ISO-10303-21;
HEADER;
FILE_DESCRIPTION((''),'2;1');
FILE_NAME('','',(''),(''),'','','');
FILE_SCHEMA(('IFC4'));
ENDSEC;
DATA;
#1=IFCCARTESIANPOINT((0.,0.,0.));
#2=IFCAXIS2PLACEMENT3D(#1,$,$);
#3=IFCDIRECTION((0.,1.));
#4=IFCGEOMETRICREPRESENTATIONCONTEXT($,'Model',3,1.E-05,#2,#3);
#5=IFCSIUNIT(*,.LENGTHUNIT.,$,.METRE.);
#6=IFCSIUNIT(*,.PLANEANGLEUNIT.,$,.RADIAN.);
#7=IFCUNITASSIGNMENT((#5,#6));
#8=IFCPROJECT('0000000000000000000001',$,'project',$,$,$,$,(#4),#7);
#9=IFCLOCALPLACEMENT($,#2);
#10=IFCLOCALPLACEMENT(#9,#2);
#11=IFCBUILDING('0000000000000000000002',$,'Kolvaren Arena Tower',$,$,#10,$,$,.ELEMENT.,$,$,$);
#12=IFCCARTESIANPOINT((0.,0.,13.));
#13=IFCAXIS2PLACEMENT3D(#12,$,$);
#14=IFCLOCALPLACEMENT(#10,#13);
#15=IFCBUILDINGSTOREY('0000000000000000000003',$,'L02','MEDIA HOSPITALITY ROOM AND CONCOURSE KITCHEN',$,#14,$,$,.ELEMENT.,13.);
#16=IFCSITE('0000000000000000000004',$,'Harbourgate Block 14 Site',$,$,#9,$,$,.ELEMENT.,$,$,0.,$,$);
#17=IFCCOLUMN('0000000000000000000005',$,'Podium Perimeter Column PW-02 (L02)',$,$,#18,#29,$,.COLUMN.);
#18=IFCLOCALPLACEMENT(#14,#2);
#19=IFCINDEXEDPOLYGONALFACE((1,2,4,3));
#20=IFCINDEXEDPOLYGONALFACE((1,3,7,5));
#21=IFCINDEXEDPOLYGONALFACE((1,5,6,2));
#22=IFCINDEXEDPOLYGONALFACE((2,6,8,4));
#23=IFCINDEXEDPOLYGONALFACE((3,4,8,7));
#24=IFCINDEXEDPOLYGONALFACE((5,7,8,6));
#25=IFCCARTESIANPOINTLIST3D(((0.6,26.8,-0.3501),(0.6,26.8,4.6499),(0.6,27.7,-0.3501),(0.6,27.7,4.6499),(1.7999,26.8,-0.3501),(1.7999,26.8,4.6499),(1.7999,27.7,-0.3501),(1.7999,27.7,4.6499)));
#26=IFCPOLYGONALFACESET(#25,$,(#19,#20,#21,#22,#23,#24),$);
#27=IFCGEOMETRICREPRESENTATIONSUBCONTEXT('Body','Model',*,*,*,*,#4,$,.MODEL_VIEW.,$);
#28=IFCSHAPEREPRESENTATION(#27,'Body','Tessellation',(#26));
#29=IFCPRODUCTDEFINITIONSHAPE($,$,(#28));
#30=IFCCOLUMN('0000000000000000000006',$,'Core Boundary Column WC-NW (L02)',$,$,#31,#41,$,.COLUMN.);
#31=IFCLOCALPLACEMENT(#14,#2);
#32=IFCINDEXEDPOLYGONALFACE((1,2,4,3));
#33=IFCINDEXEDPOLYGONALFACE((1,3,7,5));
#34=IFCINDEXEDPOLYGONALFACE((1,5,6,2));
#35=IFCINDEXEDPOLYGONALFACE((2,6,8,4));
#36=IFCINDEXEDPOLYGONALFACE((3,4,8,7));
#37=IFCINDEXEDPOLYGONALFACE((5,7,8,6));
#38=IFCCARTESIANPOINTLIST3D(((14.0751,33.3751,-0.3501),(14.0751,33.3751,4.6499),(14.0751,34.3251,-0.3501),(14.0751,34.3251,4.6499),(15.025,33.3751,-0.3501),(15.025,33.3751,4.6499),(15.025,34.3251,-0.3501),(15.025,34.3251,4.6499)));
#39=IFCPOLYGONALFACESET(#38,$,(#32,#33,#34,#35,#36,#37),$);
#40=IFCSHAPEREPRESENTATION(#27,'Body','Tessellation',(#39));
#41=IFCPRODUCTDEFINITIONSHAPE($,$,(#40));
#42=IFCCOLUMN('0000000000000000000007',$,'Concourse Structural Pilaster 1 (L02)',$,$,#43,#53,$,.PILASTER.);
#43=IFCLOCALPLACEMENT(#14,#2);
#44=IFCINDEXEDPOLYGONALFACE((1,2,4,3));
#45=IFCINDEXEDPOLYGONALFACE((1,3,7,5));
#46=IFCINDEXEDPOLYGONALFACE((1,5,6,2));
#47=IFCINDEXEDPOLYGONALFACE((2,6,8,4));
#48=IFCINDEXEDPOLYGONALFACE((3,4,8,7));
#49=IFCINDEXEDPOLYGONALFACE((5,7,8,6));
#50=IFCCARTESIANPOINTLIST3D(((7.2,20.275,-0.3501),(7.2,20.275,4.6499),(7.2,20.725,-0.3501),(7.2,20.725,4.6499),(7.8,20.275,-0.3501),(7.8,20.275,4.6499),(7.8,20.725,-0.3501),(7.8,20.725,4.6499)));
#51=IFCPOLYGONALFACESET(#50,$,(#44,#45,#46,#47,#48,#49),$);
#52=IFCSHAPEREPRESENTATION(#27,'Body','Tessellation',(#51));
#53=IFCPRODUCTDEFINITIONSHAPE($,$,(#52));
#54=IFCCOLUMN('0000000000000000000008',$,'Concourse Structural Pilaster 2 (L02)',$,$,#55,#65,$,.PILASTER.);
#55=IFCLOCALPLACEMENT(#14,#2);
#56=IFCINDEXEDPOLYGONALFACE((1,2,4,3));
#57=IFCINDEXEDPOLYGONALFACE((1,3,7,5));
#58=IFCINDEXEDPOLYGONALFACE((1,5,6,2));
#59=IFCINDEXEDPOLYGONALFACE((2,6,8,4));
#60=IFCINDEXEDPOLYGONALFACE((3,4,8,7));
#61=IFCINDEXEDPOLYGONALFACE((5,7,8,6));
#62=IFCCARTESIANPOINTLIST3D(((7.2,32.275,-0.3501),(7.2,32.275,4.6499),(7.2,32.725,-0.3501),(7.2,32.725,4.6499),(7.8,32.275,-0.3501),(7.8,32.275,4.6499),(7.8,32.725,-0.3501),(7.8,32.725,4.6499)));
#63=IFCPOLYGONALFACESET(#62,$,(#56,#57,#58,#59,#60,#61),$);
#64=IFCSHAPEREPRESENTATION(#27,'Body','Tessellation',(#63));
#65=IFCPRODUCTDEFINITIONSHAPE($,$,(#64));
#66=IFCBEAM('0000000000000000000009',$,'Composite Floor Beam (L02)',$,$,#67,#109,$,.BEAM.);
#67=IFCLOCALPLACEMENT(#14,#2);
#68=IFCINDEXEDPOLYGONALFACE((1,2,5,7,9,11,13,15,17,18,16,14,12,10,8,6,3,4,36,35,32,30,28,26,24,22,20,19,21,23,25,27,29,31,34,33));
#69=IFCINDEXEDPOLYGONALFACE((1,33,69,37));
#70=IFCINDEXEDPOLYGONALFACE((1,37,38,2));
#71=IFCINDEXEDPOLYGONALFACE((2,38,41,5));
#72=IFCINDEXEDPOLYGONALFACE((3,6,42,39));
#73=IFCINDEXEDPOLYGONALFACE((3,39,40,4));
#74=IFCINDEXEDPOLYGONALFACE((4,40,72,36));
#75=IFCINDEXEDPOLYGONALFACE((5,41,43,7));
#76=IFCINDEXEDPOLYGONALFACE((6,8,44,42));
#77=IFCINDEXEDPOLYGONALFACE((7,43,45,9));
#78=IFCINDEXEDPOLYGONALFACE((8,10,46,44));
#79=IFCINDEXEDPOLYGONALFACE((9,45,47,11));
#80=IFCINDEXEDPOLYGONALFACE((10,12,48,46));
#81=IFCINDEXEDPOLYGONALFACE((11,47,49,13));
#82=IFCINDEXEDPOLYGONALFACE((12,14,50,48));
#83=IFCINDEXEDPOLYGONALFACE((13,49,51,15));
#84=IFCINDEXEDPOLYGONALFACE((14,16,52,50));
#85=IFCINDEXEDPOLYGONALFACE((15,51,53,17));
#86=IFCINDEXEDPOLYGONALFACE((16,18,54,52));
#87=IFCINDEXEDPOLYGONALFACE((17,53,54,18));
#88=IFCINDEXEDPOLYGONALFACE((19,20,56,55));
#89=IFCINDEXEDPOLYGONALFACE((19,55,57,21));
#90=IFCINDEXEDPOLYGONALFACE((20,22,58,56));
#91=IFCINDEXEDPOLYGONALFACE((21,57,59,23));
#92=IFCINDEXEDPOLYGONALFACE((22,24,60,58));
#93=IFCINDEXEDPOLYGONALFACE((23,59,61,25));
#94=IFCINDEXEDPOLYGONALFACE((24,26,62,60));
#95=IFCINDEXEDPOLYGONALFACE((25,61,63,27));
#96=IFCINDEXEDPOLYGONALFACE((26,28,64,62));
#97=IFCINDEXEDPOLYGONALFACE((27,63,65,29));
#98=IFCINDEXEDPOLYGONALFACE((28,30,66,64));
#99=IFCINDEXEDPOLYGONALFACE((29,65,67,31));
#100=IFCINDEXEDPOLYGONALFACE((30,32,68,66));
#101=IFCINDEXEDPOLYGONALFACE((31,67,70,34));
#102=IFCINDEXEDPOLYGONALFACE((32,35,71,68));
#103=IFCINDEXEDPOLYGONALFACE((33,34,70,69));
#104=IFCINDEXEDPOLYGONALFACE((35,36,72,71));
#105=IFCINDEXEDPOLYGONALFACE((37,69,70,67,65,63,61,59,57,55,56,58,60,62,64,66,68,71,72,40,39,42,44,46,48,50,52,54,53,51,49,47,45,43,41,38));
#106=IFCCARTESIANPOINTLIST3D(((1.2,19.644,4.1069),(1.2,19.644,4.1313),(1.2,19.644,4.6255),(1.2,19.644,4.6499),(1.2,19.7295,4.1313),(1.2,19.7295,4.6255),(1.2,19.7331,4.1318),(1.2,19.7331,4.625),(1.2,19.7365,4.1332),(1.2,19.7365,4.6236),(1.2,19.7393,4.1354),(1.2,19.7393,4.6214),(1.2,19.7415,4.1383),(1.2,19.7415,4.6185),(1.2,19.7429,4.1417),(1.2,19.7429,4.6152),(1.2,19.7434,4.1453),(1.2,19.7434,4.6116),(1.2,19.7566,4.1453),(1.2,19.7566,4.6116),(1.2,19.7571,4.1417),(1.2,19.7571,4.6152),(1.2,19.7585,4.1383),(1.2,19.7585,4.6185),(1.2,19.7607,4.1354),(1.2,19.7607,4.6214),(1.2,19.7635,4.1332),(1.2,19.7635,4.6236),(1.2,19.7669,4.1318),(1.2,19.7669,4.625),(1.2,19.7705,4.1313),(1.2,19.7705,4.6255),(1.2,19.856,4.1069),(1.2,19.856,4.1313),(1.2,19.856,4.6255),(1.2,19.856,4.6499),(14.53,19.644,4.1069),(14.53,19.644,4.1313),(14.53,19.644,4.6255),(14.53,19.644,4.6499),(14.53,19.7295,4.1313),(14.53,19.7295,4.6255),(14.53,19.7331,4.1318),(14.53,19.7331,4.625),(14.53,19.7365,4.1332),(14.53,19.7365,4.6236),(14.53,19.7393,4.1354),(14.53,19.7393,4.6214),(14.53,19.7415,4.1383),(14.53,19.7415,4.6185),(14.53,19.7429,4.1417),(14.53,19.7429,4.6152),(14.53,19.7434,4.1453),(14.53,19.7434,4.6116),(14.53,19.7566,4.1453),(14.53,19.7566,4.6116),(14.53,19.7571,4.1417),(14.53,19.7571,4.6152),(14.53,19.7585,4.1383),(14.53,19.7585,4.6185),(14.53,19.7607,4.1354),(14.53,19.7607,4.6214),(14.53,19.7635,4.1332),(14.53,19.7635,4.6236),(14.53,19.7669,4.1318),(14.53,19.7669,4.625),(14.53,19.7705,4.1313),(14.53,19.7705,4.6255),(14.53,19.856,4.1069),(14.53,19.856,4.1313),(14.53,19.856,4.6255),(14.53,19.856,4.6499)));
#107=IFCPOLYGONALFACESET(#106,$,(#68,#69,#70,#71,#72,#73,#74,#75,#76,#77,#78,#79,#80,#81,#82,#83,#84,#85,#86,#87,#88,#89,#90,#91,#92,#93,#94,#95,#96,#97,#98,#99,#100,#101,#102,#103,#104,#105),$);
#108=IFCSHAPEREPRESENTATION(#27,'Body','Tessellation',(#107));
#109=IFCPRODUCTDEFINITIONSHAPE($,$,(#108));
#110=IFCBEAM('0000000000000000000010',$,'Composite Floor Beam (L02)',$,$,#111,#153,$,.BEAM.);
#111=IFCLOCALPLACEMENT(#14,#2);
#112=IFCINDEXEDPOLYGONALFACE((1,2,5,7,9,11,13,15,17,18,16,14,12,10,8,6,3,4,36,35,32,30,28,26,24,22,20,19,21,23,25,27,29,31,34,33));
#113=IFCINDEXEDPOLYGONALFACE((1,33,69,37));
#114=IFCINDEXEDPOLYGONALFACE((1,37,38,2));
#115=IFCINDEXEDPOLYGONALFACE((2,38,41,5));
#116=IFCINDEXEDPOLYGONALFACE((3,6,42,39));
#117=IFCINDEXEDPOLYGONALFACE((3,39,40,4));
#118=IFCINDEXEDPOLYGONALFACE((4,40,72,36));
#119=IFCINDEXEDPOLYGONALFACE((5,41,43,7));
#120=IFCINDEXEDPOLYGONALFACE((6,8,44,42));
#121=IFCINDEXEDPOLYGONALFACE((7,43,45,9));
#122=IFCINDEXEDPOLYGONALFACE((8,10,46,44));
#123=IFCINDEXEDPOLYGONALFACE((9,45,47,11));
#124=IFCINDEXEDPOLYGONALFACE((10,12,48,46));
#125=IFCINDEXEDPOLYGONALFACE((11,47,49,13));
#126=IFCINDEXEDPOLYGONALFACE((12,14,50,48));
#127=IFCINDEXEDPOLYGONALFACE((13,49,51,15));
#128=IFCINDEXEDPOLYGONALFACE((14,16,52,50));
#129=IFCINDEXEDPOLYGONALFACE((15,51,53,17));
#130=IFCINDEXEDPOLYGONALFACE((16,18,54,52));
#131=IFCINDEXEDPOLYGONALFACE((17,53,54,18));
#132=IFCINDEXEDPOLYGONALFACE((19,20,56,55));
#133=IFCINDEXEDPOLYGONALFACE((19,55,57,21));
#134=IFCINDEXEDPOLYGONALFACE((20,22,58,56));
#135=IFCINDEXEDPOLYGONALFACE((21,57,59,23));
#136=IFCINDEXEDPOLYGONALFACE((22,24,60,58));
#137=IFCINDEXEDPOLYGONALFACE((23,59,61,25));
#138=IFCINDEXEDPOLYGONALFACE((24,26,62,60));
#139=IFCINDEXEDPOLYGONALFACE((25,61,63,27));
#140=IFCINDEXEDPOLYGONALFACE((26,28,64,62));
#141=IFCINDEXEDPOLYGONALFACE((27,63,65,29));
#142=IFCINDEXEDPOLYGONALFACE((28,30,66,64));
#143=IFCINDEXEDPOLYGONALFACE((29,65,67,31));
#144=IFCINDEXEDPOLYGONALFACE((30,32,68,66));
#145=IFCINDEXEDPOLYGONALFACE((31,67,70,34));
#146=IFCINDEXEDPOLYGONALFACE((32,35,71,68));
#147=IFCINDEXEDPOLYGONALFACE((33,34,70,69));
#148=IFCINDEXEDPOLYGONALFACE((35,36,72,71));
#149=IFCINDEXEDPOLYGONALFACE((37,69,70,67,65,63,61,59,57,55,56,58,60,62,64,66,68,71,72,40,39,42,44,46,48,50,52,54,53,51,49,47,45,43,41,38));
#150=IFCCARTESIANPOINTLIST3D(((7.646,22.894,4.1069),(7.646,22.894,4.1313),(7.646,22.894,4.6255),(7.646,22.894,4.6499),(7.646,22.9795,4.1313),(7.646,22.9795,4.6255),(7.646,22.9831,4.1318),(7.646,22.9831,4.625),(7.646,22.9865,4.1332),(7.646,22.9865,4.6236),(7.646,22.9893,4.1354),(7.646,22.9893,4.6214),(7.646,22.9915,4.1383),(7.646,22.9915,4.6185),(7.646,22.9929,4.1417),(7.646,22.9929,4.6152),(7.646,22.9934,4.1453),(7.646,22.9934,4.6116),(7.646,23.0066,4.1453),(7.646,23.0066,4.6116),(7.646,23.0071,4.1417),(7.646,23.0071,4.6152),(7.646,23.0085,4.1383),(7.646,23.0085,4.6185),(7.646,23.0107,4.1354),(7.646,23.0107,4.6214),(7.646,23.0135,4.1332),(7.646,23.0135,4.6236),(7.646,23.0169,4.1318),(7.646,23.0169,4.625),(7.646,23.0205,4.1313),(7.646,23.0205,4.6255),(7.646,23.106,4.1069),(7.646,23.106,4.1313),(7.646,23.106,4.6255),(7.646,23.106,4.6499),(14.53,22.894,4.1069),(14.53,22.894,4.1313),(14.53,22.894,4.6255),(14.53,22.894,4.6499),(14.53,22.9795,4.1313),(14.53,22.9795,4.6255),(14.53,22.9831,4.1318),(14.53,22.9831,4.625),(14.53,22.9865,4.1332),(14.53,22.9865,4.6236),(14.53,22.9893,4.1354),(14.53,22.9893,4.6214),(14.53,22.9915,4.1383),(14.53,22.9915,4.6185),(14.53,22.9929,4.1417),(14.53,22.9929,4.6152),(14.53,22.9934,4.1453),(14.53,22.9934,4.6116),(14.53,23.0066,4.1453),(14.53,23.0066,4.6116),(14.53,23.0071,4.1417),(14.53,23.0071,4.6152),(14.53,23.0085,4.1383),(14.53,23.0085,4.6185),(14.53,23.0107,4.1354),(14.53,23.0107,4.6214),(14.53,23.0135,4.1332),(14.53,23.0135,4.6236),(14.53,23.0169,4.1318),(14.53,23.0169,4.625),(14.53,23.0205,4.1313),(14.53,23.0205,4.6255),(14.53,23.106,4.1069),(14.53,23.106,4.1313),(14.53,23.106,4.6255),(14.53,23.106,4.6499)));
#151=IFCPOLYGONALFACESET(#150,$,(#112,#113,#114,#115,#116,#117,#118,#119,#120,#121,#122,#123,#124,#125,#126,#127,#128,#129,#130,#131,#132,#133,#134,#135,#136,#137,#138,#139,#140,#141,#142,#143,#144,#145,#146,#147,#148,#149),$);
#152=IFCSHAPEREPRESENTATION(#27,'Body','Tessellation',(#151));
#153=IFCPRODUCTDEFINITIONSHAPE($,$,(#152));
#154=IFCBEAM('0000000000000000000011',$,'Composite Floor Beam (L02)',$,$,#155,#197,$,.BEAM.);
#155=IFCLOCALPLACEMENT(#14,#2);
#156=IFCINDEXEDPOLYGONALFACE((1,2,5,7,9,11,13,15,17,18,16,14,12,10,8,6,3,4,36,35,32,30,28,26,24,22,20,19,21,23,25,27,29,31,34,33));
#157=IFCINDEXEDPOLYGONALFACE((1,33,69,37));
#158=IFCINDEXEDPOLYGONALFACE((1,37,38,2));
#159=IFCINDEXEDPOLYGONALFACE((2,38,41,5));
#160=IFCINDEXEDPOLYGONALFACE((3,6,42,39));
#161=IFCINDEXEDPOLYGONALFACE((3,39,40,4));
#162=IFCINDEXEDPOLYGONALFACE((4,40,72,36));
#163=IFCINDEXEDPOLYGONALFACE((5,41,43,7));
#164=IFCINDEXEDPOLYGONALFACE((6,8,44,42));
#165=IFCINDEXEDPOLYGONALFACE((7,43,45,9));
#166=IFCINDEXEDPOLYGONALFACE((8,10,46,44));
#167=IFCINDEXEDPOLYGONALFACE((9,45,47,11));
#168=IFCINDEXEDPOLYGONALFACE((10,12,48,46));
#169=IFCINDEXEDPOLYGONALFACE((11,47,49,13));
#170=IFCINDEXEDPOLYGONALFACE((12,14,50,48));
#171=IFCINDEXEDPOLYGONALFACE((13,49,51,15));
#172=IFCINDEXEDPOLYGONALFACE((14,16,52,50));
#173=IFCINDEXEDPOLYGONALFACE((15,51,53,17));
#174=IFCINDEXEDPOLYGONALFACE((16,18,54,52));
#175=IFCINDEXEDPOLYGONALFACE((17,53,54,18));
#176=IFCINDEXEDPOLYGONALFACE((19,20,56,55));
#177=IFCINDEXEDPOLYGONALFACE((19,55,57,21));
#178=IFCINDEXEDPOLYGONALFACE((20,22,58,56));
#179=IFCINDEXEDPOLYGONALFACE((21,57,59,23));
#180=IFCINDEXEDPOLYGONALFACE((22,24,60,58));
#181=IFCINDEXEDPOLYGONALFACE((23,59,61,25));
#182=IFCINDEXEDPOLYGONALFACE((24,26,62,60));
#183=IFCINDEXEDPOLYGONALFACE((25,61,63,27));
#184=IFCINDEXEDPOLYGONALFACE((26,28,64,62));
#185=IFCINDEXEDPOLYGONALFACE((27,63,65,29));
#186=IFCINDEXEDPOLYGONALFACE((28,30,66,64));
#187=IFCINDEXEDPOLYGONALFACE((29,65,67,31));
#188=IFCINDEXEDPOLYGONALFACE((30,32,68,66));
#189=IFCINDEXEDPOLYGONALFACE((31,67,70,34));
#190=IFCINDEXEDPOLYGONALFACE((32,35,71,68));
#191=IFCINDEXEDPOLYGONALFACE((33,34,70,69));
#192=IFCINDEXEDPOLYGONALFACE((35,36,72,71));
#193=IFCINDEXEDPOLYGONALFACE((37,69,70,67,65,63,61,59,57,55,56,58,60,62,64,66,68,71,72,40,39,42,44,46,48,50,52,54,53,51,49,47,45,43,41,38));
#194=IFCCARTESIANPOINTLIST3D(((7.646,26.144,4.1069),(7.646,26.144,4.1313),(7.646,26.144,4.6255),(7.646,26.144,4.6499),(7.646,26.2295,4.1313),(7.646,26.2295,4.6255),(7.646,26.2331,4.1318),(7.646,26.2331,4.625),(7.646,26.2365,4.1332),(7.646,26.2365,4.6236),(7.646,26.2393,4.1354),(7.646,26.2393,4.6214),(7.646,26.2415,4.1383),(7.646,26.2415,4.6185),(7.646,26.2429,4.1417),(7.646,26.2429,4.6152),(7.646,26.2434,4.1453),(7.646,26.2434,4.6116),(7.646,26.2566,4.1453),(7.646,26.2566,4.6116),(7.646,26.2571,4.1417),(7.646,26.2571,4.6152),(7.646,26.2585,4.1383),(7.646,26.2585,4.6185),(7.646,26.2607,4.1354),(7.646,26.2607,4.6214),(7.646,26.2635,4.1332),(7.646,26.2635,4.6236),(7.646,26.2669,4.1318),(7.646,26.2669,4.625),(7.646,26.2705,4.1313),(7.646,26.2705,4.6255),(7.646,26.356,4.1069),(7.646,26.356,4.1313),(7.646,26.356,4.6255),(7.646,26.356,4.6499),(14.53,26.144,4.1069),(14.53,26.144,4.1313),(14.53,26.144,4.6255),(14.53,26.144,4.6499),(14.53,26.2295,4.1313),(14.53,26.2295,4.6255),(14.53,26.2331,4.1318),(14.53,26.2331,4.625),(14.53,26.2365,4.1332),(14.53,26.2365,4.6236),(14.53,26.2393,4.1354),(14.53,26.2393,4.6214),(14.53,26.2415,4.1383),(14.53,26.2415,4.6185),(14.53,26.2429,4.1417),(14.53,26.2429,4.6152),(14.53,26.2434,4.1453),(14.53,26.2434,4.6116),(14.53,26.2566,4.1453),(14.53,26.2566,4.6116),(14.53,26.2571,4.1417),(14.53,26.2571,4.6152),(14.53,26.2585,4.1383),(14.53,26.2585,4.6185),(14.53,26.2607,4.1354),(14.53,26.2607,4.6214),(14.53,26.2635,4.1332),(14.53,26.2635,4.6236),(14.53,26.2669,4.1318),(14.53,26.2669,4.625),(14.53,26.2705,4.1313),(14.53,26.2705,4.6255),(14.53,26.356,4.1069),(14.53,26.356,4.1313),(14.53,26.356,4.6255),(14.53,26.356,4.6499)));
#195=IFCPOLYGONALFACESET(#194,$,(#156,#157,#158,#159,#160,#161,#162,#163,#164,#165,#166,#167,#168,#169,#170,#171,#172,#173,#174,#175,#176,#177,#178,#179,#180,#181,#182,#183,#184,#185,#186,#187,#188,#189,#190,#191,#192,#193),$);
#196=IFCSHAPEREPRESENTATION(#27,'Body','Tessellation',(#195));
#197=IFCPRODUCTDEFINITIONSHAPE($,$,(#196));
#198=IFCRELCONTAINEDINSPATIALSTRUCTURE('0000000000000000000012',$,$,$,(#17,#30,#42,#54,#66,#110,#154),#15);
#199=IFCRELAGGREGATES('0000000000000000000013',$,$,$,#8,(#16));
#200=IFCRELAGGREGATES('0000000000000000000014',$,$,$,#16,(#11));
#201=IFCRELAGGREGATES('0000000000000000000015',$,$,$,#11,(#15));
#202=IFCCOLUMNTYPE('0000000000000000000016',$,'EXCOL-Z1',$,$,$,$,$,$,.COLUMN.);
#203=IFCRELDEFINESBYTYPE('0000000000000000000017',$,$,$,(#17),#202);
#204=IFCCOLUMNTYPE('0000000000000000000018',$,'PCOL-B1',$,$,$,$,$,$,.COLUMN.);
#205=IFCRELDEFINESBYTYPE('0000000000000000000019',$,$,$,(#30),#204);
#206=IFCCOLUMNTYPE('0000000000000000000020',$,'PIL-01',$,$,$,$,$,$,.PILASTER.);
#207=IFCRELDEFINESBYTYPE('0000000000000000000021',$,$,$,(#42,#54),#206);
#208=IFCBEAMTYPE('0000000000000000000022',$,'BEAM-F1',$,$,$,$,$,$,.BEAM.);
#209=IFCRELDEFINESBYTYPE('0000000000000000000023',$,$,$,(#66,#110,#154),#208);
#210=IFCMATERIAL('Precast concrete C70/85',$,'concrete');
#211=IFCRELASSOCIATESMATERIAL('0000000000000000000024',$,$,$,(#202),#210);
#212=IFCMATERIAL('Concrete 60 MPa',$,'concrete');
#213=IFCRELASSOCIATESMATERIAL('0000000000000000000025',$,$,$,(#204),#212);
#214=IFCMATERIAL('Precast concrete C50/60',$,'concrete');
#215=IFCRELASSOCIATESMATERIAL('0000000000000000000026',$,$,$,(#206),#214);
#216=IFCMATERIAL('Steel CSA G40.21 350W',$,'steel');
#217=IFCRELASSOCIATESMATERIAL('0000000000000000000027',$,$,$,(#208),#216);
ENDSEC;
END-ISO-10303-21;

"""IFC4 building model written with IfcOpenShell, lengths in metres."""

from ifc_helpers import new_model, si_unit, direction, frame, origin, origin_2d, place, context, subcontext, project, spatial, rectangle, i_section, extrude, material, material_profile, profile_set, type_object, element, save


model = new_model("IFC4")

# Units and contexts
model_context = context("Model", 3, precision=1e-05, world=origin(), true_north=direction((0.0, 1.0)))
body_context = subcontext(model_context, "Body", "Model", "MODEL_VIEW")
ifc_project = project(units=[si_unit("LENGTHUNIT", "METRE"), si_unit("PLANEANGLEUNIT", "RADIAN")], contexts=[model_context])

# Site, building, storey
site_placement = place(None, origin())
site = spatial("IfcSite", under=ifc_project, at=site_placement, Name="Harbourgate Block 14 Site", CompositionType="ELEMENT", RefElevation=0.0)
building_placement = place(site_placement, origin())
building = spatial("IfcBuilding", under=site, at=building_placement, Name="Kolvaren Arena Tower", CompositionType="ELEMENT")
storey_placement = place(building_placement, frame((0.0, 0.0, 13.0)))
storey = spatial("IfcBuildingStorey", under=building, at=storey_placement, Name="L02", Description="MEDIA HOSPITALITY ROOM AND CONCOURSE KITCHEN", CompositionType="ELEMENT", Elevation=13.0)

# Columns
ifc_material_1 = material(Name="Precast concrete C70/85", Category="concrete")
ifc_material_profile_1 = material_profile(ifc_material_1, rectangle(XDim=1.2, YDim=0.8999, at=origin_2d()), Name="RC-1200x900")
ifc_profile_set_1 = profile_set([ifc_material_profile_1], Name="Precast concrete C70/85")
column_type_1 = type_object("IfcColumnType", Name="EXCOL-Z1", PredefinedType="COLUMN", material=ifc_profile_set_1)
column_1_placement = place(storey_placement, frame((1.2, 27.25, -0.3501), z_axis=(0.0, 0.0, 1.0), x_axis=(1.0, 0.0, 0.0)))
element("IfcColumn", 1, at=column_1_placement, inside=storey, type_object=column_type_1, Name="Podium Perimeter Column PW-02 (L02)", PredefinedType="COLUMN", context=body_context, shape_type="SweptSolid", body=[
    extrude(rectangle(XDim=1.2, YDim=0.8999, at=origin_2d()), origin(), (0.0, 0.0, 1.0), 5.0),
])
ifc_material_2 = material(Name="Concrete 60 MPa", Category="concrete")
ifc_material_profile_2 = material_profile(ifc_material_2, rectangle(XDim=0.95, YDim=0.95, at=origin_2d()), Name="RC-950x950")
ifc_profile_set_2 = profile_set([ifc_material_profile_2], Name="Concrete 60 MPa")
column_type_2 = type_object("IfcColumnType", Name="PCOL-B1", PredefinedType="COLUMN", material=ifc_profile_set_2)
column_2_placement = place(storey_placement, frame((14.55, 33.8501, -0.3501), z_axis=(0.0, 0.0, 1.0), x_axis=(1.0, 0.0, 0.0)))
element("IfcColumn", 2, at=column_2_placement, inside=storey, type_object=column_type_2, Name="Core Boundary Column WC-NW (L02)", PredefinedType="COLUMN", context=body_context, shape_type="SweptSolid", body=[
    extrude(rectangle(XDim=0.95, YDim=0.95, at=origin_2d()), origin(), (0.0, 0.0, 1.0), 5.0),
])
ifc_material_3 = material(Name="Precast concrete C50/60", Category="concrete")
ifc_material_profile_3 = material_profile(ifc_material_3, rectangle(XDim=0.6001, YDim=0.45, at=origin_2d()), Name="RC-600x450")
ifc_profile_set_3 = profile_set([ifc_material_profile_3], Name="Precast concrete C50/60")
column_type_3 = type_object("IfcColumnType", Name="PIL-01", PredefinedType="PILASTER", material=ifc_profile_set_3)
for number, where, z_axis, x_axis, name in (
    (3, (7.5, 20.5, -0.3501), (0.0, 0.0, 1.0), (1.0, 0.0, 0.0), "Concourse Structural Pilaster 1 (L02)"),
    (4, (7.5, 32.5, -0.3501), (0.0, 0.0, 1.0), (1.0, 0.0, 0.0), "Concourse Structural Pilaster 2 (L02)"),
):
    element("IfcColumn", number, at=place(storey_placement, frame(where, z_axis=z_axis, x_axis=x_axis)), inside=storey, type_object=column_type_3, Name=name, PredefinedType="PILASTER", context=body_context, shape_type="SweptSolid", body=[
        extrude(rectangle(XDim=0.6001, YDim=0.45, at=origin_2d()), origin(), (0.0, 0.0, 1.0), 5.0),
    ])

# Beams
ifc_material_4 = material(Name="Steel CSA G40.21 350W", Category="steel")
ifc_material_profile_4 = material_profile(ifc_material_4, i_section(OverallWidth=0.2119, OverallDepth=0.543, WebThickness=0.0132, FlangeThickness=0.0244, FilletRadius=0.0139, at=origin_2d()), Name="W530x150")
ifc_profile_set_4 = profile_set([ifc_material_profile_4], Name="Steel CSA G40.21 350W")
beam_type_1 = type_object("IfcBeamType", Name="BEAM-F1", PredefinedType="BEAM", material=ifc_profile_set_4)
beam_1_placement = place(storey_placement, frame((1.2, 19.75, 4.3784), z_axis=(1.0, 0.0, 0.0), x_axis=(0.0, 1.0, 0.0)))
element("IfcBeam", 5, at=beam_1_placement, inside=storey, type_object=beam_type_1, Name="Composite Floor Beam (L02)", PredefinedType="BEAM", context=body_context, shape_type="SweptSolid", body=[
    extrude(i_section(OverallWidth=0.2119, OverallDepth=0.543, WebThickness=0.0132, FlangeThickness=0.0244, FilletRadius=0.0139, at=origin_2d()), origin(), (0.0, 0.0, 1.0), 13.3301),
])
for number, where, z_axis, x_axis, name in (
    (6, (7.646, 23.0, 4.3784), (1.0, 0.0, 0.0), (0.0, 1.0, 0.0), "Composite Floor Beam (L02)"),
    (7, (7.646, 26.25, 4.3784), (1.0, 0.0, 0.0), (0.0, 1.0, 0.0), "Composite Floor Beam (L02)"),
):
    element("IfcBeam", number, at=place(storey_placement, frame(where, z_axis=z_axis, x_axis=x_axis)), inside=storey, type_object=beam_type_1, Name=name, PredefinedType="BEAM", context=body_context, shape_type="SweptSolid", body=[
        extrude(i_section(OverallWidth=0.2119, OverallDepth=0.543, WebThickness=0.0132, FlangeThickness=0.0244, FilletRadius=0.0139, at=origin_2d()), origin(), (0.0, 0.0, 1.0), 6.884),
    ])

save(model, "model.ifc")
